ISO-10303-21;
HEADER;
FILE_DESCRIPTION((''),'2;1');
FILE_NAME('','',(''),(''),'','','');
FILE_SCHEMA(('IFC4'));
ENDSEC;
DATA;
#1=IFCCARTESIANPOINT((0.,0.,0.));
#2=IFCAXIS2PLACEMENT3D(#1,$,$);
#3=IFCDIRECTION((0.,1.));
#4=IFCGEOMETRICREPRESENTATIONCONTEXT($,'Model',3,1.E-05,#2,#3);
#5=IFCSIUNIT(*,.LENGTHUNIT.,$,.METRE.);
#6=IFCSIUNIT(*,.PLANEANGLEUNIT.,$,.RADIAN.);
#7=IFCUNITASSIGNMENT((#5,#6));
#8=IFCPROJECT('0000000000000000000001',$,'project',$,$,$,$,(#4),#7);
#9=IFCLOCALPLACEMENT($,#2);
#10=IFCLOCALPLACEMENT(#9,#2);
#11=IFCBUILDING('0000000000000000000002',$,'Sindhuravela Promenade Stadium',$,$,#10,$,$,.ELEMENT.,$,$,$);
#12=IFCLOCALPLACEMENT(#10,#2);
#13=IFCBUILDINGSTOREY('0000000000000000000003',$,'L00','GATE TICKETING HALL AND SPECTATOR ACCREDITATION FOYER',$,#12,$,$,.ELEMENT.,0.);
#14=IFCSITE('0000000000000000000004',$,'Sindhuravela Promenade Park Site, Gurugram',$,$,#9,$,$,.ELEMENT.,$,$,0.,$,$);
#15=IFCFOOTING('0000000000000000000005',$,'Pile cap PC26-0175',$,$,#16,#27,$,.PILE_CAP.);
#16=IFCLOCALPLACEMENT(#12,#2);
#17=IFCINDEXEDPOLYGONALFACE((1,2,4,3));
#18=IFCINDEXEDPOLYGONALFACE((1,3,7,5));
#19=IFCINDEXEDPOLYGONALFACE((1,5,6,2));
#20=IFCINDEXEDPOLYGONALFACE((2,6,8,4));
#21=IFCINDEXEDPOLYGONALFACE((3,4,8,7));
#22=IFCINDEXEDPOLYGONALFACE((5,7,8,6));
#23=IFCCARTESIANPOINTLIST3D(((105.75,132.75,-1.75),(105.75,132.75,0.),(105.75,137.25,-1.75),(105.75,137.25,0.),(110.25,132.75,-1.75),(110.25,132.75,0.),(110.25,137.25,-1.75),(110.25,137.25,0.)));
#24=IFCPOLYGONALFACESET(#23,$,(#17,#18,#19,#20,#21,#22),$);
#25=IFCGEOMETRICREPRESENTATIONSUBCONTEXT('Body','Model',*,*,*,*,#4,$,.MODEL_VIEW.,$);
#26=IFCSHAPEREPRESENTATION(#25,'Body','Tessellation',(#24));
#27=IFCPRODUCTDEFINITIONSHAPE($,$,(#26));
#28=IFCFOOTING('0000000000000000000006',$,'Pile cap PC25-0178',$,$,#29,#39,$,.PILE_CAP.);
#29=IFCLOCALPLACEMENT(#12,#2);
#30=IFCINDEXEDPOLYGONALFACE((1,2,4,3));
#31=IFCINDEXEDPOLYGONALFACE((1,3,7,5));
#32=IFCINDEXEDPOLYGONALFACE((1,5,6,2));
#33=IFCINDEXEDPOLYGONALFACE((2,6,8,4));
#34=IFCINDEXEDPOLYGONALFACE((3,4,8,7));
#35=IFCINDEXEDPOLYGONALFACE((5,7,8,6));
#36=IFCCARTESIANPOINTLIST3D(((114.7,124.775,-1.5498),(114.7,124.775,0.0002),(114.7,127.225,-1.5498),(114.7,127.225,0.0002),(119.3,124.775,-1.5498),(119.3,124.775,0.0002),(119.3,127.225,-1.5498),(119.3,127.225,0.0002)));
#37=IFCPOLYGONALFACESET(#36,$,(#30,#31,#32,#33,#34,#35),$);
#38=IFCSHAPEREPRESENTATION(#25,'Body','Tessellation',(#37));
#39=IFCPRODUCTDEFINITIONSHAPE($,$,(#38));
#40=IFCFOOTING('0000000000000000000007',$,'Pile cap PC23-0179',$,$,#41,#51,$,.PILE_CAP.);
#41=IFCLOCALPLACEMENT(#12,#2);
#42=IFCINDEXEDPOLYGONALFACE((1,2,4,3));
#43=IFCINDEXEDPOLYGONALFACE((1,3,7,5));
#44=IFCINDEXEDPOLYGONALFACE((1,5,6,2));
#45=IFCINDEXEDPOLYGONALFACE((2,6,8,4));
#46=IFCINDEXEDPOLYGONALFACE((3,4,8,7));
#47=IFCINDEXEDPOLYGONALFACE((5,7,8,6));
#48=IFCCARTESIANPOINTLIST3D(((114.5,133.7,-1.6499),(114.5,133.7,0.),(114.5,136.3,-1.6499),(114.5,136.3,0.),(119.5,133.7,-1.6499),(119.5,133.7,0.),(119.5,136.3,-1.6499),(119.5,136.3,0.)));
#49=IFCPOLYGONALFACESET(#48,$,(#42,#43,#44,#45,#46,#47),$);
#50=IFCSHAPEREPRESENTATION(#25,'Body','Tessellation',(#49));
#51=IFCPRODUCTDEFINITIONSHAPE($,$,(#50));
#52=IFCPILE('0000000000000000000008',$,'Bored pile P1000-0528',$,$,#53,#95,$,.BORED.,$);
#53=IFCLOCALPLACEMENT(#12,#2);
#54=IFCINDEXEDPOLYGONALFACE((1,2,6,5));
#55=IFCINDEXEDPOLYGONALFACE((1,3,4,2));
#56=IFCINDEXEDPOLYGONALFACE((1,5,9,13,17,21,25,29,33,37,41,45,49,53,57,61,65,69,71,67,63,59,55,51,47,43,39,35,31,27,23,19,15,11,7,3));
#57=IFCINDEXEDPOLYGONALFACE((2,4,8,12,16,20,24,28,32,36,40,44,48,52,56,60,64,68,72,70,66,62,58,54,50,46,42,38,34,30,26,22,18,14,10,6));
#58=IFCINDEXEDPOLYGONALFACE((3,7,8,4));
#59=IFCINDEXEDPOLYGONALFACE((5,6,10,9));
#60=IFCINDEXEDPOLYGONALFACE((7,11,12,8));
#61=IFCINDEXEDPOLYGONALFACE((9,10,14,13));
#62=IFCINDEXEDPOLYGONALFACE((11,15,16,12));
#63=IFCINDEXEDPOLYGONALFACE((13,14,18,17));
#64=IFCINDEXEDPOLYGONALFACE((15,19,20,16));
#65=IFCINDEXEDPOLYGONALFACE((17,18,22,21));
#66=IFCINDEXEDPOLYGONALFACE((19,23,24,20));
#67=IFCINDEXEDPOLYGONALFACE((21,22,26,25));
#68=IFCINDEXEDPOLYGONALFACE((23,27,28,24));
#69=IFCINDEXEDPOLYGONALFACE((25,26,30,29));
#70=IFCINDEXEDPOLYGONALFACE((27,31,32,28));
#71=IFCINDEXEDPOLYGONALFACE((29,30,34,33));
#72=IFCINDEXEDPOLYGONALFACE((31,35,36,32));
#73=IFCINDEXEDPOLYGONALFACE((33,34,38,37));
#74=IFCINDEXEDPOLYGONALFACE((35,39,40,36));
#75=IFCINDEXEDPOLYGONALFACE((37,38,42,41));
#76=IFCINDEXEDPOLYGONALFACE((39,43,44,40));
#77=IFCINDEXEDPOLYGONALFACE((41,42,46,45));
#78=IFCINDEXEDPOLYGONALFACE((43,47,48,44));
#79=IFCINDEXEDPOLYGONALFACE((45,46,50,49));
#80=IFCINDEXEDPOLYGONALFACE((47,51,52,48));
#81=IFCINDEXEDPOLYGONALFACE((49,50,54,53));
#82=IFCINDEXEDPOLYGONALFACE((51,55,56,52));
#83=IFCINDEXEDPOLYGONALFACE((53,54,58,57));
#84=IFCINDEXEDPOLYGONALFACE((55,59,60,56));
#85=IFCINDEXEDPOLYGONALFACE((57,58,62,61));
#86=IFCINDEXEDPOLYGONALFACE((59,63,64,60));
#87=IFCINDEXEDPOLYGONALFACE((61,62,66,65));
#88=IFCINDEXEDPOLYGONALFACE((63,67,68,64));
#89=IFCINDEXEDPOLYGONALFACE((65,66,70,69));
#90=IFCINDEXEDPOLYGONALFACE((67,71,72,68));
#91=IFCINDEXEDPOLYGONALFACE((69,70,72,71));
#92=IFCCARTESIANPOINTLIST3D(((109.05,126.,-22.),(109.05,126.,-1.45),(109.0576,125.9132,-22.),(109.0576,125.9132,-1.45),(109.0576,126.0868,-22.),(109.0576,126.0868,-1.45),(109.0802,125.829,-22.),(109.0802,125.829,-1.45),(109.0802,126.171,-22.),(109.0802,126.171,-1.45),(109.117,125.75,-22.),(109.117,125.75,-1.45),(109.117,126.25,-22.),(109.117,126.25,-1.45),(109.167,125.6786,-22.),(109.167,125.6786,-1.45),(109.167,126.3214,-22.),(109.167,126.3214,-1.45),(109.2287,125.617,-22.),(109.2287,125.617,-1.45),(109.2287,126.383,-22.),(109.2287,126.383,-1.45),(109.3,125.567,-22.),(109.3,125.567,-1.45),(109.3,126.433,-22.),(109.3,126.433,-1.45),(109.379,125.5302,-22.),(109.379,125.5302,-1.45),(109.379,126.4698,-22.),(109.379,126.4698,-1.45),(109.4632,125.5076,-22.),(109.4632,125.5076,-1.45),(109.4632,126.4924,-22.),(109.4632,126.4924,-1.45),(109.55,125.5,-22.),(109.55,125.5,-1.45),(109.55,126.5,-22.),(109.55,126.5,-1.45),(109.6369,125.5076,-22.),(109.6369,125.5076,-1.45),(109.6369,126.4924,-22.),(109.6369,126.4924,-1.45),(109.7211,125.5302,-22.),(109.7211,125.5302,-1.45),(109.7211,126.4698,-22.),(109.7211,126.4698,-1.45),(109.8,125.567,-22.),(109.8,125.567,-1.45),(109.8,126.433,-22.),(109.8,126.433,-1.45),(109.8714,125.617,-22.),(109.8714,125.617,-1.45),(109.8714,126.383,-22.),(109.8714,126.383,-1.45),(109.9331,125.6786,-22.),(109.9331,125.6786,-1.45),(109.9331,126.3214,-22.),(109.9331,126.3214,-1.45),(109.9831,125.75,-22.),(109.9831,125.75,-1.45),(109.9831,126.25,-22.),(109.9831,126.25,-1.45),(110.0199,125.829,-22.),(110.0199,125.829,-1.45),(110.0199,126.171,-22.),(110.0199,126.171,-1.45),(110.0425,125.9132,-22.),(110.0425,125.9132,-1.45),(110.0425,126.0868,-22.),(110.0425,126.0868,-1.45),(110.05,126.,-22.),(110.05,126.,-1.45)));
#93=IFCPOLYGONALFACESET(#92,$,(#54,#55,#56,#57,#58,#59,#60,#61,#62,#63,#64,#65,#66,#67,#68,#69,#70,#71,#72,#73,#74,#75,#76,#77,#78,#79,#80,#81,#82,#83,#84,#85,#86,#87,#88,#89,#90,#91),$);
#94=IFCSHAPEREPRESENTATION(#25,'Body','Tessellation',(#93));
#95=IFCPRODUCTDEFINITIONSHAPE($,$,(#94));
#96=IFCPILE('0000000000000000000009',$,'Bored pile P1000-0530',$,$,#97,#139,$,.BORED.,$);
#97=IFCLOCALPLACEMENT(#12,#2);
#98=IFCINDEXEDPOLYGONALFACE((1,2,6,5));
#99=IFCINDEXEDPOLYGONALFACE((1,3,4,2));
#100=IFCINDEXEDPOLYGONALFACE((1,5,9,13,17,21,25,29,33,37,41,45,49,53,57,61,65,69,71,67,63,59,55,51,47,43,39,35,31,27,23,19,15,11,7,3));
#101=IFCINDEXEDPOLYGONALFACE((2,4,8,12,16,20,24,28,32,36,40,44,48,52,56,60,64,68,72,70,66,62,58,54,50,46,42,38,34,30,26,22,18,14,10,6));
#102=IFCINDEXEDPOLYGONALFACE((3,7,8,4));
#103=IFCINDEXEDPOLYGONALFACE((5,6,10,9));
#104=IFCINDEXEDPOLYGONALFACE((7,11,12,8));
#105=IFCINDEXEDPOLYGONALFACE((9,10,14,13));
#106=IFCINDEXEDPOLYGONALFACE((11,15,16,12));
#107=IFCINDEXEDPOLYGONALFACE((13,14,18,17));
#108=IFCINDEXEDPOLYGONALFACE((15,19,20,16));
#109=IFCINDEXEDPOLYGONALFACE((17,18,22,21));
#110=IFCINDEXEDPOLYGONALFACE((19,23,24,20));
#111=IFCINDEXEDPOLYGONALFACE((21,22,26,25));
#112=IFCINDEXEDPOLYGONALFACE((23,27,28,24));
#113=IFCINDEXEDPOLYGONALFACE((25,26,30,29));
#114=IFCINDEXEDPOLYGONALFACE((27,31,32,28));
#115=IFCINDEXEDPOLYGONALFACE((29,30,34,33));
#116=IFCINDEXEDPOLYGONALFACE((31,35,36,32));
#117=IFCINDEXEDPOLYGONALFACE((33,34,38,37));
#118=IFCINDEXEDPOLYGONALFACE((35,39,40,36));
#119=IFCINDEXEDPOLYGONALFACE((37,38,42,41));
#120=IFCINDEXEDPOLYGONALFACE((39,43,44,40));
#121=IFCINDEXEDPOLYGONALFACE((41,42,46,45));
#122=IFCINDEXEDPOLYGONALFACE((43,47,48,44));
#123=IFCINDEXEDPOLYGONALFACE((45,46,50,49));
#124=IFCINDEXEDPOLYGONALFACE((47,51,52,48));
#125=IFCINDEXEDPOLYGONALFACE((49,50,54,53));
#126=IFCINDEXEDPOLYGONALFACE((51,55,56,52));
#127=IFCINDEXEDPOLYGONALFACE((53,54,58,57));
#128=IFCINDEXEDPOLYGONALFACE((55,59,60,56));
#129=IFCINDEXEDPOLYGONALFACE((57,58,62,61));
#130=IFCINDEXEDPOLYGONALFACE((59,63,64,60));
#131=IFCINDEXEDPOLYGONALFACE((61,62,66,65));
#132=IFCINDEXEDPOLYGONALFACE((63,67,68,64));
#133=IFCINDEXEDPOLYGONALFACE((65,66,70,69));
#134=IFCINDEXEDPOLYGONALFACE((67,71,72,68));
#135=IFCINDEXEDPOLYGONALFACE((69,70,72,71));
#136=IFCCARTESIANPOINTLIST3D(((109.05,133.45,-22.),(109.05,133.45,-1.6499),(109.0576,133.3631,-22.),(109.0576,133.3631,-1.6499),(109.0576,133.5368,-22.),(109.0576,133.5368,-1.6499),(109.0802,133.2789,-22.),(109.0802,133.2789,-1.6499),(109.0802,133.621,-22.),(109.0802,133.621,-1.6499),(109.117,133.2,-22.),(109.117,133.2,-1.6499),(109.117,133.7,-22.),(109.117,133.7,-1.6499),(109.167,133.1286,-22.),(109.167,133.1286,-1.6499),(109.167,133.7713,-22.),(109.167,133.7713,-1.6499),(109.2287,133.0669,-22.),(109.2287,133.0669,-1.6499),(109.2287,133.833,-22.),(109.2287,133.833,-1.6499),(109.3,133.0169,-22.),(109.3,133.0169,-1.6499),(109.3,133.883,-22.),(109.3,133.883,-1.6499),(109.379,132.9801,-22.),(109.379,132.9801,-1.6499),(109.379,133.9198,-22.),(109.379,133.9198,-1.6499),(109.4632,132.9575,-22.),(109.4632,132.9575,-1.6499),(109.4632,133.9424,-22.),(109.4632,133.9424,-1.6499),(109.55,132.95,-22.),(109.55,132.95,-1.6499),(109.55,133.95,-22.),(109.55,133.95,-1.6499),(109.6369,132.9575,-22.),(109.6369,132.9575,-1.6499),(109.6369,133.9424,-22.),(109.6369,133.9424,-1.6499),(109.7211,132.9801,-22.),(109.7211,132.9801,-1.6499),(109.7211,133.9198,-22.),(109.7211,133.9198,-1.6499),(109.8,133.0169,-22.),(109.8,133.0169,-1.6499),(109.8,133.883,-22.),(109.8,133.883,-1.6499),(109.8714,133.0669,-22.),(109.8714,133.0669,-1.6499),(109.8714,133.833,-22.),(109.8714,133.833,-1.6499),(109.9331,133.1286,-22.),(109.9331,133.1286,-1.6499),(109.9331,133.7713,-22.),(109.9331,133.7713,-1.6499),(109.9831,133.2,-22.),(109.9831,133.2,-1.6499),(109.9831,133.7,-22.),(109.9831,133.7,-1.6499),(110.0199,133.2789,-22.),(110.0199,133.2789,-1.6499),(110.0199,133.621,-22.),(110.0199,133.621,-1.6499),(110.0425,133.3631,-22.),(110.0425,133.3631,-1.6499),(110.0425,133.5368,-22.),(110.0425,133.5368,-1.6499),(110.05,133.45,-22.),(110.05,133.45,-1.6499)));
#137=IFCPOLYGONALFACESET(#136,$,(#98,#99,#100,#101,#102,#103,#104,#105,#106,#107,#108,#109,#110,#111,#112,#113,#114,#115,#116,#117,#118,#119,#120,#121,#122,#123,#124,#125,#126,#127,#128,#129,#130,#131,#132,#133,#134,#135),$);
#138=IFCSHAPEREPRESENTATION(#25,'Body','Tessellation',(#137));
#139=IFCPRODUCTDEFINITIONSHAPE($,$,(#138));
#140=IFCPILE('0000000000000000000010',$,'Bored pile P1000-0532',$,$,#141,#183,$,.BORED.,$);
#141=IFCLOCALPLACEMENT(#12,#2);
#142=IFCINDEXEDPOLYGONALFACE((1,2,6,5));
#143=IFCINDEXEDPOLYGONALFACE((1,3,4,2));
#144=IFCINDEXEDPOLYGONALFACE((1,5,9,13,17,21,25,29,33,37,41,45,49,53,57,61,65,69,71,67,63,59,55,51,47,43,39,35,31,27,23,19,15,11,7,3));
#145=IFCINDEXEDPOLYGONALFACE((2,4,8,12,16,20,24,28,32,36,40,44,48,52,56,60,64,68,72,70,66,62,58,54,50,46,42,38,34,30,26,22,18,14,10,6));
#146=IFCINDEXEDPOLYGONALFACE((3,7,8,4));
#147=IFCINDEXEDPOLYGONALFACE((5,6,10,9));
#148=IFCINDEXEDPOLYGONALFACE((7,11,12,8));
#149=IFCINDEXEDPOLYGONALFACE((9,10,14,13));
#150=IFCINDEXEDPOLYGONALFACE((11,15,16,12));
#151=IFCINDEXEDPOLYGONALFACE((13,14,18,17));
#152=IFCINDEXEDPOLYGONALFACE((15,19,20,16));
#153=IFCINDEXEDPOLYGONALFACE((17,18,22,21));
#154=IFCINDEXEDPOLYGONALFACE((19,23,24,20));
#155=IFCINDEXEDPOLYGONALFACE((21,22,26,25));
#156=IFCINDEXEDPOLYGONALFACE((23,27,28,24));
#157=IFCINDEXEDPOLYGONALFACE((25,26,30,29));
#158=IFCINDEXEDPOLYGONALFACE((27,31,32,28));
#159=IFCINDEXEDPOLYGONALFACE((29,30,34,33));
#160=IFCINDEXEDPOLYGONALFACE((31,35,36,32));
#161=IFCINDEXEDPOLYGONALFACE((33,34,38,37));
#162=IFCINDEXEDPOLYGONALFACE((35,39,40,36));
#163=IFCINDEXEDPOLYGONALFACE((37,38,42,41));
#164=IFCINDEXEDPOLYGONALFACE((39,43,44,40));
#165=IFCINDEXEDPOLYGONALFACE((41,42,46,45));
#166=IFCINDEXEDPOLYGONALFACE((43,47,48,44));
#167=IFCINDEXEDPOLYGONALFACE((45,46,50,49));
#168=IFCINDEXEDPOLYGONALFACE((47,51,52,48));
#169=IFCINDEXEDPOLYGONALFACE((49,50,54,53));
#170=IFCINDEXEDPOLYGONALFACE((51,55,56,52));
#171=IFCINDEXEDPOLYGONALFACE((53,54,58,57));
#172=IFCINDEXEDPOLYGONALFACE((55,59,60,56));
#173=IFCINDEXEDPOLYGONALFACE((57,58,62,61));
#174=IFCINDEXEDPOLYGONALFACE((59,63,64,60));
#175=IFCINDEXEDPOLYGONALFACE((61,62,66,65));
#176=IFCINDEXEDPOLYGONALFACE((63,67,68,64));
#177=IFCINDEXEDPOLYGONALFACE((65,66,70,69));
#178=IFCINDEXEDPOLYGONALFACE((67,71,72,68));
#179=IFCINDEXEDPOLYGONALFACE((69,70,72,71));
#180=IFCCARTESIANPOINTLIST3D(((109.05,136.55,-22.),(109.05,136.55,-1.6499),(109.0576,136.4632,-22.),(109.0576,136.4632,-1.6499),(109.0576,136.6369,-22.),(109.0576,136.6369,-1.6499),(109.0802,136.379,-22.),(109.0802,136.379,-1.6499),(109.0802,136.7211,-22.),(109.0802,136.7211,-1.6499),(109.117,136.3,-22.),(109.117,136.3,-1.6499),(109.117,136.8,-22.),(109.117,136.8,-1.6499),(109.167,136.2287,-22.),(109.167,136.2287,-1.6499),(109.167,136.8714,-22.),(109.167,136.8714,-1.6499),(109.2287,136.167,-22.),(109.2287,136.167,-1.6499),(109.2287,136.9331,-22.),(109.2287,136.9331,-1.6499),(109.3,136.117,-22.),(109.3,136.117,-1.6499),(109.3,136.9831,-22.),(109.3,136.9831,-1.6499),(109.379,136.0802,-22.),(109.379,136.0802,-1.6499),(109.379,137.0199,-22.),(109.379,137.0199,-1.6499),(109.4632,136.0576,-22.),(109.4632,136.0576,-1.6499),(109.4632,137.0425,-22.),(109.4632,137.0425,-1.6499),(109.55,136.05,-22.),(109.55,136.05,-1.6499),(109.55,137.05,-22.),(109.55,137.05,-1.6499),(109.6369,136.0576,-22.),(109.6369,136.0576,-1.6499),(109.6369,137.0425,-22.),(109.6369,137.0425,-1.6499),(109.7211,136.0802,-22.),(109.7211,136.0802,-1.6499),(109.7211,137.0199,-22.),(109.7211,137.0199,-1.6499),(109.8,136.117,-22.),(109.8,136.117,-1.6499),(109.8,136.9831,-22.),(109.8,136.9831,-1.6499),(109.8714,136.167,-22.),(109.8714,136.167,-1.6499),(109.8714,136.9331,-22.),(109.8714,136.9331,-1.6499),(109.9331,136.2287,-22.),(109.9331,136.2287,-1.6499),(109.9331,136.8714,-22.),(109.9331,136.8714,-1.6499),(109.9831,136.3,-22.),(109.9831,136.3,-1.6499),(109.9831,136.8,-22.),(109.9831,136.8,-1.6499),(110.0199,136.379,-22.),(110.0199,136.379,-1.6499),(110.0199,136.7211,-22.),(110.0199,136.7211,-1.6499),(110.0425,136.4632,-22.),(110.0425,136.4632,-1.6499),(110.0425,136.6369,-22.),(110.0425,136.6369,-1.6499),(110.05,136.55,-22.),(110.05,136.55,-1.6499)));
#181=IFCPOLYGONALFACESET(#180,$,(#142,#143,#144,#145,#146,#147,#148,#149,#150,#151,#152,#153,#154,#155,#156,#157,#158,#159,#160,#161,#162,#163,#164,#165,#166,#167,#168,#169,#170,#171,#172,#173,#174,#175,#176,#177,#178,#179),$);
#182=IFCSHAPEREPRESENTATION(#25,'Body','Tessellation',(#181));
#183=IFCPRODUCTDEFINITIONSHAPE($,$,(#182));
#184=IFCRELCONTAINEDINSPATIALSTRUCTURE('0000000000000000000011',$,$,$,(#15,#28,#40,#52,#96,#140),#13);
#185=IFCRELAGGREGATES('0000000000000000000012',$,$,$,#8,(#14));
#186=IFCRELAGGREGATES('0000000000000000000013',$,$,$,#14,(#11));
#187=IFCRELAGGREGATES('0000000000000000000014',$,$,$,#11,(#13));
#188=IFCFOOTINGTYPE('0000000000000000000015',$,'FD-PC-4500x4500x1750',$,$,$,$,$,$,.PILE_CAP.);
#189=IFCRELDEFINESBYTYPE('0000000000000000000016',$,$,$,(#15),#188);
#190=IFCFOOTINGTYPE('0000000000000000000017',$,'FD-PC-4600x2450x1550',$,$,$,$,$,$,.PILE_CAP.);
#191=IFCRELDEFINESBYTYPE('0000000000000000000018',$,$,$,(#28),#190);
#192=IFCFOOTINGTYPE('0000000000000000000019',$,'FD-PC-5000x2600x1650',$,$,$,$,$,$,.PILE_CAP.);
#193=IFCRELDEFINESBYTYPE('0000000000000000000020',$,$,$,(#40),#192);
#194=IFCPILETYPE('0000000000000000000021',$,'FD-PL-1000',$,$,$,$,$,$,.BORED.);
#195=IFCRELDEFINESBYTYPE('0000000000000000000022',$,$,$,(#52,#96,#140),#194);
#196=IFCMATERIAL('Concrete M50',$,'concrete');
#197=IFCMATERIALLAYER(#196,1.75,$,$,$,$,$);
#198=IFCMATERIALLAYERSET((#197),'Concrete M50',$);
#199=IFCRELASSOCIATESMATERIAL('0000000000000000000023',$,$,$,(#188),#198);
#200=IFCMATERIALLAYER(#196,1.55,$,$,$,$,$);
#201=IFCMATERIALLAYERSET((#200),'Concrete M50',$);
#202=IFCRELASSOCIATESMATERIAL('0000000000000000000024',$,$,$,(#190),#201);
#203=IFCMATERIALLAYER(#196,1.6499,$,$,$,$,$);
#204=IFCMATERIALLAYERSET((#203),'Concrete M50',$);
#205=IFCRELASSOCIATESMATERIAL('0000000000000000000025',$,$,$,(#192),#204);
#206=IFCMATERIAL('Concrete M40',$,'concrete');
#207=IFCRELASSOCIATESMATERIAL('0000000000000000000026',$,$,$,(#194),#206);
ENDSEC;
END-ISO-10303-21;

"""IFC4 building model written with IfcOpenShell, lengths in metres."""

from ifc_helpers import new_model, si_unit, direction, frame, origin, origin_2d, place, context, subcontext, project, spatial, rectangle, circle, extrude, material, layer, layer_set, material_profile, profile_set, type_object, element, save


model = new_model("IFC4")

# Units and contexts
model_context = context("Model", 3, precision=1e-05, world=origin(), true_north=direction((0.0, 1.0)))
body_context = subcontext(model_context, "Body", "Model", "MODEL_VIEW")
ifc_project = project(units=[si_unit("LENGTHUNIT", "METRE"), si_unit("PLANEANGLEUNIT", "RADIAN")], contexts=[model_context])

# Site, building, storey
site_placement = place(None, origin())
site = spatial("IfcSite", under=ifc_project, at=site_placement, Name="Sindhuravela Promenade Park Site, Gurugram", CompositionType="ELEMENT", RefElevation=0.0)
building_placement = place(site_placement, origin())
building = spatial("IfcBuilding", under=site, at=building_placement, Name="Sindhuravela Promenade Stadium", CompositionType="ELEMENT")
storey_placement = place(building_placement, origin())
storey = spatial("IfcBuildingStorey", under=building, at=storey_placement, Name="L00", Description="GATE TICKETING HALL AND SPECTATOR ACCREDITATION FOYER", CompositionType="ELEMENT", Elevation=0.0)

# Footings
ifc_material_1 = material(Name="Concrete M50", Category="concrete")
ifc_layer_1 = layer(ifc_material_1, 1.75)
ifc_layer_set_1 = layer_set([ifc_layer_1], Name="Concrete M50")
footing_type_1 = type_object("IfcFootingType", Name="FD-PC-4500x4500x1750", PredefinedType="PILE_CAP", material=ifc_layer_set_1)
footing_1_placement = place(storey_placement, frame((108.0, 135.0, -1.75), z_axis=(0.0, 0.0, 1.0), x_axis=(1.0, 0.0, 0.0)))
element("IfcFooting", 1, at=footing_1_placement, inside=storey, type_object=footing_type_1, Name="Pile cap PC26-0175", PredefinedType="PILE_CAP", context=body_context, shape_type="SweptSolid", body=[
    extrude(rectangle(XDim=4.5, YDim=4.5, at=origin_2d()), origin(), (0.0, 0.0, 1.0), 1.75),
])
ifc_layer_2 = layer(ifc_material_1, 1.55)
ifc_layer_set_2 = layer_set([ifc_layer_2], Name="Concrete M50")
footing_type_2 = type_object("IfcFootingType", Name="FD-PC-4600x2450x1550", PredefinedType="PILE_CAP", material=ifc_layer_set_2)
footing_2_placement = place(storey_placement, frame((117.0, 126.0, -1.5498), z_axis=(0.0, 0.0, 1.0), x_axis=(1.0, 0.0, 0.0)))
element("IfcFooting", 2, at=footing_2_placement, inside=storey, type_object=footing_type_2, Name="Pile cap PC25-0178", PredefinedType="PILE_CAP", context=body_context, shape_type="SweptSolid", body=[
    extrude(rectangle(XDim=4.6001, YDim=2.45, at=origin_2d()), origin(), (0.0, 0.0, 1.0), 1.55),
])
ifc_layer_3 = layer(ifc_material_1, 1.6499)
ifc_layer_set_3 = layer_set([ifc_layer_3], Name="Concrete M50")
footing_type_3 = type_object("IfcFootingType", Name="FD-PC-5000x2600x1650", PredefinedType="PILE_CAP", material=ifc_layer_set_3)
footing_3_placement = place(storey_placement, frame((117.0, 135.0, -1.6499), z_axis=(0.0, 0.0, 1.0), x_axis=(1.0, 0.0, 0.0)))
element("IfcFooting", 3, at=footing_3_placement, inside=storey, type_object=footing_type_3, Name="Pile cap PC23-0179", PredefinedType="PILE_CAP", context=body_context, shape_type="SweptSolid", body=[
    extrude(rectangle(XDim=5.0, YDim=2.6001, at=origin_2d()), origin(), (0.0, 0.0, 1.0), 1.6499),
])

# Piles
ifc_material_2 = material(Name="Concrete M40", Category="concrete")
ifc_material_profile_1 = material_profile(ifc_material_2, circle(Radius=0.5, at=origin_2d()), Name="BORED PILE D1000")
ifc_profile_set_1 = profile_set([ifc_material_profile_1], Name="Concrete M40")
pile_type_1 = type_object("IfcPileType", Name="FD-PL-1000", PredefinedType="BORED", material=ifc_profile_set_1)
pile_placement = place(storey_placement, frame((109.55, 126.0, -1.45), z_axis=(0.0, 0.0, -1.0), x_axis=(1.0, 0.0, 0.0)))
element("IfcPile", 4, at=pile_placement, inside=storey, type_object=pile_type_1, Name="Bored pile P1000-0528", PredefinedType="BORED", context=body_context, shape_type="SweptSolid", body=[
    extrude(circle(Radius=0.5, at=origin_2d()), origin(), (0.0, 0.0, 1.0), 20.55),
])
for number, where, z_axis, x_axis, name in (
    (5, (109.55, 133.45, -1.6499), (0.0, 0.0, -1.0), (1.0, 0.0, 0.0), "Bored pile P1000-0530"),
    (6, (109.55, 136.55, -1.6499), (0.0, 0.0, -1.0), (1.0, 0.0, 0.0), "Bored pile P1000-0532"),
):
    element("IfcPile", number, at=place(storey_placement, frame(where, z_axis=z_axis, x_axis=x_axis)), inside=storey, type_object=pile_type_1, Name=name, PredefinedType="BORED", context=body_context, shape_type="SweptSolid", body=[
        extrude(circle(Radius=0.5, at=origin_2d()), origin(), (0.0, 0.0, 1.0), 20.3501),
    ])

save(model, "model.ifc")
